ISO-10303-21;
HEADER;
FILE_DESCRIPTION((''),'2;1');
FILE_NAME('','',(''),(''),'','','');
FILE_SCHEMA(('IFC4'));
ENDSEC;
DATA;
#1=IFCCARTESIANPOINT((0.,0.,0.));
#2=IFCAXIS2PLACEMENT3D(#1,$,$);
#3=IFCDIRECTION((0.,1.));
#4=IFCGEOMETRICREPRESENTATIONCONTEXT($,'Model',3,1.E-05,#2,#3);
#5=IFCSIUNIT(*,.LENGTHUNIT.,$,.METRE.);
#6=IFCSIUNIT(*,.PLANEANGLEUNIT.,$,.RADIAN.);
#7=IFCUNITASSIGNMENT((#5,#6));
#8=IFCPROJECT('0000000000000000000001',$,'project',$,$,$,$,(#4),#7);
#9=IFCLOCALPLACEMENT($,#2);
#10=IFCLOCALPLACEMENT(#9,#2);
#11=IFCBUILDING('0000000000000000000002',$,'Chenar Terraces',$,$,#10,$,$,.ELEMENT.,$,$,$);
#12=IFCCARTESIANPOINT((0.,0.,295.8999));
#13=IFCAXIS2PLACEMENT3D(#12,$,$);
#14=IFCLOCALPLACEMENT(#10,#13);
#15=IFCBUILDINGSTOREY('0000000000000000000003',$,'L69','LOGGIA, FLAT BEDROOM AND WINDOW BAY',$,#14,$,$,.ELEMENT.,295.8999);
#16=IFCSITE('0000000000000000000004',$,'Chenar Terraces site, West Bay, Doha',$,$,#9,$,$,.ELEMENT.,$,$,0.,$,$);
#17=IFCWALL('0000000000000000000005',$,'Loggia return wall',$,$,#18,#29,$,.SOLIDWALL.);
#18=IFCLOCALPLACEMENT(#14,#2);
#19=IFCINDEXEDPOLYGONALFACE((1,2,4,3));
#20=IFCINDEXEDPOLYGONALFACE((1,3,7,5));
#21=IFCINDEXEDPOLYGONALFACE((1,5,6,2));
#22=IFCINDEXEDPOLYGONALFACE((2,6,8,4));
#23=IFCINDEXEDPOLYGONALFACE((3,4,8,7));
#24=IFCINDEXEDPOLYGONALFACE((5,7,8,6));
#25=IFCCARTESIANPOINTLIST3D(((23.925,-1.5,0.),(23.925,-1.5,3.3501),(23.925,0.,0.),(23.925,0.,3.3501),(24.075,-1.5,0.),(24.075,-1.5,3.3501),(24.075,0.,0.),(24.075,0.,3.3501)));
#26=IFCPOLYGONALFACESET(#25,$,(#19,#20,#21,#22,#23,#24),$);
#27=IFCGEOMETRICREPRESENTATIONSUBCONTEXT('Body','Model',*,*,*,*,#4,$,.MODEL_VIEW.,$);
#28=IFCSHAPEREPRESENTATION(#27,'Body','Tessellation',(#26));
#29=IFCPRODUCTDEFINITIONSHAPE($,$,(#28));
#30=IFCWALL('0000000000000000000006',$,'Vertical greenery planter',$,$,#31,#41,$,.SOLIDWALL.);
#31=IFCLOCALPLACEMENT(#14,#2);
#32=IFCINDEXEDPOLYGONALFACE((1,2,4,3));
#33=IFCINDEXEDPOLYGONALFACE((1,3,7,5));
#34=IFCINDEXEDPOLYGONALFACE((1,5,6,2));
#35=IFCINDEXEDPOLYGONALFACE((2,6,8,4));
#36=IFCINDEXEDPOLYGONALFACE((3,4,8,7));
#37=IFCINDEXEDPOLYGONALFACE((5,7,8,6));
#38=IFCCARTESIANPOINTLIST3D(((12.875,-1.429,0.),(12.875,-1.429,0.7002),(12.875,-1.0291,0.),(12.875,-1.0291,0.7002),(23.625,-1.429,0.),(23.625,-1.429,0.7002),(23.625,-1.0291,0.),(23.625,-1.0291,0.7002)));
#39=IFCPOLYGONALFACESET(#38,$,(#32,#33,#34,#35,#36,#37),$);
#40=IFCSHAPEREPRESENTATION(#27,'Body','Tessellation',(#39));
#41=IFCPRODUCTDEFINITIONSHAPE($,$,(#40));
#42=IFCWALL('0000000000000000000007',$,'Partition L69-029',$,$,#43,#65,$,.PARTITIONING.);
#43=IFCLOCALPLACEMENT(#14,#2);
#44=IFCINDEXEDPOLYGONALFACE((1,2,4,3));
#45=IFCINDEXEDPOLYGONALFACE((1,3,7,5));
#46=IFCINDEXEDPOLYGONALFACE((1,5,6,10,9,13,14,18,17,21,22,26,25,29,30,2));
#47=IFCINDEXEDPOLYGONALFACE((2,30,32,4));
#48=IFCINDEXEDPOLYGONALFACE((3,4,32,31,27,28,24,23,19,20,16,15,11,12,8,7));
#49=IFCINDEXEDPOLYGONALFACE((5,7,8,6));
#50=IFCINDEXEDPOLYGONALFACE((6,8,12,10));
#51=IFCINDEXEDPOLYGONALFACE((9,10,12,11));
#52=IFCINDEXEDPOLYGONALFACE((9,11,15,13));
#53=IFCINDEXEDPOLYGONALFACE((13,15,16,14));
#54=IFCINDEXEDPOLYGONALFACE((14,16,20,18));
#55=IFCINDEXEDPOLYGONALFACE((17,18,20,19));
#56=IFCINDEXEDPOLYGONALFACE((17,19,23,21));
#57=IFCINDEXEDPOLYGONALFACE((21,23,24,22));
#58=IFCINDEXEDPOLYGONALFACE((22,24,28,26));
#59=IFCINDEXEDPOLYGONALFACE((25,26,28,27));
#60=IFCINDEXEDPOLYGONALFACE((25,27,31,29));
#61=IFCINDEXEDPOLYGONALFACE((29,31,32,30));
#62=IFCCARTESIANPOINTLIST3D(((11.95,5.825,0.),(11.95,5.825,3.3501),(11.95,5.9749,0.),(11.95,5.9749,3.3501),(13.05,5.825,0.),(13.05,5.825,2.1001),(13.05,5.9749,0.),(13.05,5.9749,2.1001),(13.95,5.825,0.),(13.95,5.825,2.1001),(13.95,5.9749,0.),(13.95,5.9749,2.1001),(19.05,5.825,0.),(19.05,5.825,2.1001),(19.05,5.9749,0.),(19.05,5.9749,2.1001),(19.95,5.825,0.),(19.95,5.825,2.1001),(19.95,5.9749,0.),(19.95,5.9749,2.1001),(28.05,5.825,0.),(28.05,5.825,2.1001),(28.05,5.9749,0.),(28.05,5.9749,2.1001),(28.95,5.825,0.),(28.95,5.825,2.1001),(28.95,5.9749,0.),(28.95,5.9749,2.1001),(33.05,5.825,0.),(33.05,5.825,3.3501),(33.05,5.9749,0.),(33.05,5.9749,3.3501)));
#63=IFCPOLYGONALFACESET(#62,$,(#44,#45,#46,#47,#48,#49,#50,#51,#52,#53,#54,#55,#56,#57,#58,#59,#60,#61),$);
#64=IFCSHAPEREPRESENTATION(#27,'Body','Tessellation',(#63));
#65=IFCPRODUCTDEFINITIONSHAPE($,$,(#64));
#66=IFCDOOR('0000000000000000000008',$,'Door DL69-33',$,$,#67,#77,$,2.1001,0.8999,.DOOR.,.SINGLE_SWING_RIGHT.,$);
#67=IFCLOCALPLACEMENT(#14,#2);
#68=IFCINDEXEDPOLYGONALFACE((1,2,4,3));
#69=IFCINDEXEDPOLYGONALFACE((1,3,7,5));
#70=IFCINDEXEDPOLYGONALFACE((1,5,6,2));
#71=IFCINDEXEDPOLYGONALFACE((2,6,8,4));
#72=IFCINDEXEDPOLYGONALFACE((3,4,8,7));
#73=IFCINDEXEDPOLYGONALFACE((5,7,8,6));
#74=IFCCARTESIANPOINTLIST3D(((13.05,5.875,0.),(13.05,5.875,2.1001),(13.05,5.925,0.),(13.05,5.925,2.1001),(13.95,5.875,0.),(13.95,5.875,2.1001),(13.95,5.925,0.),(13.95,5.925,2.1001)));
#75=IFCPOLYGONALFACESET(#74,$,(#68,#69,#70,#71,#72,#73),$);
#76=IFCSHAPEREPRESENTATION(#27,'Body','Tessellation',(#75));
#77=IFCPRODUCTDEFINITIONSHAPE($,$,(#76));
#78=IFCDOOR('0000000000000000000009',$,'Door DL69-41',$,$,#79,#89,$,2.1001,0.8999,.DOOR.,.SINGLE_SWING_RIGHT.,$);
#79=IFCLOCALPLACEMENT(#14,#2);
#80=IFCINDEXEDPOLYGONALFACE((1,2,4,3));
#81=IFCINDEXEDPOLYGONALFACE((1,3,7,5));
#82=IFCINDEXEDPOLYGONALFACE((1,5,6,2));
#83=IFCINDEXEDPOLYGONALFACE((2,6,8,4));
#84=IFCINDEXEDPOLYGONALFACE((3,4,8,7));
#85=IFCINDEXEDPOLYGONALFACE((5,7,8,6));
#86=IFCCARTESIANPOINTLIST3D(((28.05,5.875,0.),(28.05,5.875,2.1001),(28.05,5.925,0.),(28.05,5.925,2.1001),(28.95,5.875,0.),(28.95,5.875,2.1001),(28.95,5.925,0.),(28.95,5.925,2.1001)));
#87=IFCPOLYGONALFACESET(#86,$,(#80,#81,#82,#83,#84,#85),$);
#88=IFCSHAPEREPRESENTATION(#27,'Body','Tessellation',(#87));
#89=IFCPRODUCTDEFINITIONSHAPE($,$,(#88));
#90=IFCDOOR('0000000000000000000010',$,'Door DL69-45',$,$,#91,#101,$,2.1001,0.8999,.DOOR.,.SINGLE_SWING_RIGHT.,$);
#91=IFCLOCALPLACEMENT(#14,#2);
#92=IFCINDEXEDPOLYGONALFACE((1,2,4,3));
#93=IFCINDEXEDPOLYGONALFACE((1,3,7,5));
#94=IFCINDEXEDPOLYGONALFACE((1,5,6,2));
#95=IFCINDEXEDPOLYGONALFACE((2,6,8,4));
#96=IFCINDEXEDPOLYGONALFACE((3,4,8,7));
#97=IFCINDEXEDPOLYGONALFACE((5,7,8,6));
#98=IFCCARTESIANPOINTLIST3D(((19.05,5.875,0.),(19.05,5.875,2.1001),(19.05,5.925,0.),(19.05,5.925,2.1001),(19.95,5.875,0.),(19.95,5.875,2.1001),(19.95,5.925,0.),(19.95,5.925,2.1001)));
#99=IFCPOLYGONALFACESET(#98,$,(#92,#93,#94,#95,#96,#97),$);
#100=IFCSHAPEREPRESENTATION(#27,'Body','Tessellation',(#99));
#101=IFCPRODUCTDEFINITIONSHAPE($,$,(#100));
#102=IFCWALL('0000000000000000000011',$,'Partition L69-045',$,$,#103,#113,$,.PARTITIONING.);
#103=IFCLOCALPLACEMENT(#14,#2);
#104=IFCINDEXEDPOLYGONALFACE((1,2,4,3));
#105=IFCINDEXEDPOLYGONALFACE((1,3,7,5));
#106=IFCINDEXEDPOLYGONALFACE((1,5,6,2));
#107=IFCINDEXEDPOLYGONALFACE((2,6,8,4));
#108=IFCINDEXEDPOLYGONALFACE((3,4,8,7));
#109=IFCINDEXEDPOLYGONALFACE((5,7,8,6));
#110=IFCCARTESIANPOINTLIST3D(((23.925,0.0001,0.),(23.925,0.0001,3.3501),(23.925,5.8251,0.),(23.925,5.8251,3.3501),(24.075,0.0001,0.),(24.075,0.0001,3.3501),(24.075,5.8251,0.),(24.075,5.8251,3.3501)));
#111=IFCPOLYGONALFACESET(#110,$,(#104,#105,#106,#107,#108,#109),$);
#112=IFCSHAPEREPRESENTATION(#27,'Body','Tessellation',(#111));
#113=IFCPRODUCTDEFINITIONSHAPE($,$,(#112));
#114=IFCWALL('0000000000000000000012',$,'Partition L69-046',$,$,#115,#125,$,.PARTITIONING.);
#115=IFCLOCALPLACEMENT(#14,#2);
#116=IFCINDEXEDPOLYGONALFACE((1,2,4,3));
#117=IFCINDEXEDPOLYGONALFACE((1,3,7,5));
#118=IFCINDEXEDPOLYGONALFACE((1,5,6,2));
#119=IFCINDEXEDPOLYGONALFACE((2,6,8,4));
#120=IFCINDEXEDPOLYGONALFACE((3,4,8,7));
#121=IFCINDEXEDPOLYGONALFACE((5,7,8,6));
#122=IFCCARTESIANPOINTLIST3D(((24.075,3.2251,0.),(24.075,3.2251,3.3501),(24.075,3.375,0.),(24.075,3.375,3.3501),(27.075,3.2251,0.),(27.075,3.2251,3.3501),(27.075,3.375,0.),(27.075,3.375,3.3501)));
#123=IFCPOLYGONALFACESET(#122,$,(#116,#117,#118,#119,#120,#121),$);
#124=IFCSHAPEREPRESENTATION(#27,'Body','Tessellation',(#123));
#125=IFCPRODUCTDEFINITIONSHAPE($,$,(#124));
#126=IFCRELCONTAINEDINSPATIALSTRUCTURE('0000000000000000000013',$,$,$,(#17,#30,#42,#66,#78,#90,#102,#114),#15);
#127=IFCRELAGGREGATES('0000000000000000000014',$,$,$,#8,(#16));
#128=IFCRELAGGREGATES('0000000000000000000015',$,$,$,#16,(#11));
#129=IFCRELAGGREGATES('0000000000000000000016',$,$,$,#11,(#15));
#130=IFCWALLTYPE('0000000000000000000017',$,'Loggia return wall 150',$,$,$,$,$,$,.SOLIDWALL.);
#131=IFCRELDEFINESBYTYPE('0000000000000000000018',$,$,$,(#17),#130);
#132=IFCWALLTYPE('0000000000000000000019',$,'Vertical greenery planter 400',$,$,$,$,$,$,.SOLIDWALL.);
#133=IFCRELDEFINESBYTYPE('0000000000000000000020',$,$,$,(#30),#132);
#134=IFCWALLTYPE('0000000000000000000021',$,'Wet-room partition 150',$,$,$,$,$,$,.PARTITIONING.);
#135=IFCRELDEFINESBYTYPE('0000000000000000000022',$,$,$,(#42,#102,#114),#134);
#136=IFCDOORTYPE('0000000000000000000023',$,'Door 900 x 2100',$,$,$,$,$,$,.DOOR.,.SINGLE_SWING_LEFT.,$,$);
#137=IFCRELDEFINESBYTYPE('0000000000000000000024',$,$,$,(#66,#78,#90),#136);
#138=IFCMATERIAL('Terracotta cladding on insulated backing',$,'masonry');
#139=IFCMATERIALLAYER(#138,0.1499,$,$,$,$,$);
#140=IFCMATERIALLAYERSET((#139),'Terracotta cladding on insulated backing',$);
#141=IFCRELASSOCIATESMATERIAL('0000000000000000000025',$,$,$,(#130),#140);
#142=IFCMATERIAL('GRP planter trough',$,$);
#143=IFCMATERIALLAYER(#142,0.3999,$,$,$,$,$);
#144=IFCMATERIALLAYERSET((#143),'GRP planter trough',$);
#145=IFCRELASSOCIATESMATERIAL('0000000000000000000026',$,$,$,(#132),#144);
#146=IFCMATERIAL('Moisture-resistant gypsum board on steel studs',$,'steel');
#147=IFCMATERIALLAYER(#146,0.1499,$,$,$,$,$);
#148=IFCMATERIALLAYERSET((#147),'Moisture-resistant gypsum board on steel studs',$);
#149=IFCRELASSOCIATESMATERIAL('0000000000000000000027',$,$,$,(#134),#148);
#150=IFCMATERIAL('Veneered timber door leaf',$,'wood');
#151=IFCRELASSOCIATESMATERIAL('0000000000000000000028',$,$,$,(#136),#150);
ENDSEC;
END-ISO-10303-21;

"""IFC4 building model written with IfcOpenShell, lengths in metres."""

from ifc_helpers import new_model, si_unit, direction, frame, frame_2d, origin, place, context, subcontext, project, spatial, rectangle, extrude, material, layer, layer_set, type_object, element, fill, save


model = new_model("IFC4")

# Units and contexts
model_context = context("Model", 3, precision=1e-05, world=origin(), true_north=direction((0.0, 1.0)))
body_context = subcontext(model_context, "Body", "Model", "MODEL_VIEW")
ifc_project = project(units=[si_unit("LENGTHUNIT", "METRE"), si_unit("PLANEANGLEUNIT", "RADIAN")], contexts=[model_context])

# Site, building, storey
site_placement = place(None, origin())
site = spatial("IfcSite", under=ifc_project, at=site_placement, Name="Chenar Terraces site, West Bay, Doha", CompositionType="ELEMENT", RefElevation=0.0)
building_placement = place(site_placement, origin())
building = spatial("IfcBuilding", under=site, at=building_placement, Name="Chenar Terraces", CompositionType="ELEMENT")
storey_placement = place(building_placement, frame((0.0, 0.0, 295.8999)))
storey = spatial("IfcBuildingStorey", under=building, at=storey_placement, Name="L69", Description="LOGGIA, FLAT BEDROOM AND WINDOW BAY", CompositionType="ELEMENT", Elevation=295.8999)

# Walls
ifc_material_1 = material(Name="Terracotta cladding on insulated backing", Category="masonry")
ifc_layer_1 = layer(ifc_material_1, 0.1499)
ifc_layer_set_1 = layer_set([ifc_layer_1], Name="Terracotta cladding on insulated backing")
wall_type_1 = type_object("IfcWallType", Name="Loggia return wall 150", PredefinedType="SOLIDWALL", material=ifc_layer_set_1)
for number, where, z_axis, x_axis, name in (
    (1, (24.0, -1.5, 0.0), (0.0, 0.0, 1.0), (0.0, 1.0, 0.0), "Loggia return wall"),
):
    element("IfcWall", number, at=place(storey_placement, frame(where, z_axis=z_axis, x_axis=x_axis)), inside=storey, type_object=wall_type_1, Name=name, PredefinedType="SOLIDWALL", context=body_context, shape_type="SweptSolid", body=[
        extrude(rectangle(XDim=1.5, YDim=0.1499, at=frame_2d((0.75, 0.0))), origin(), (0.0, 0.0, 1.0), 3.3501),
    ])
ifc_material_2 = material(Name="GRP planter trough")
ifc_layer_2 = layer(ifc_material_2, 0.3999)
ifc_layer_set_2 = layer_set([ifc_layer_2], Name="GRP planter trough")
wall_type_2 = type_object("IfcWallType", Name="Vertical greenery planter 400", PredefinedType="SOLIDWALL", material=ifc_layer_set_2)
wall_1_placement = place(storey_placement, frame((12.875, -1.229, 0.0), z_axis=(0.0, 0.0, 1.0), x_axis=(1.0, 0.0, 0.0)))
element("IfcWall", 2, at=wall_1_placement, inside=storey, type_object=wall_type_2, Name="Vertical greenery planter", PredefinedType="SOLIDWALL", context=body_context, shape_type="SweptSolid", body=[
    extrude(rectangle(XDim=10.75, YDim=0.3999, at=frame_2d((5.375, 0.0))), origin(), (0.0, 0.0, 1.0), 0.7002),
])

# Wall, openings, doors
ifc_material_3 = material(Name="Moisture-resistant gypsum board on steel studs", Category="steel")
ifc_layer_3 = layer(ifc_material_3, 0.1499)
ifc_layer_set_3 = layer_set([ifc_layer_3], Name="Moisture-resistant gypsum board on steel studs")
wall_type_3 = type_object("IfcWallType", Name="Wet-room partition 150", PredefinedType="PARTITIONING", material=ifc_layer_set_3)
wall_2_placement = place(storey_placement, frame((11.95, 5.8999, 0.0), z_axis=(0.0, 0.0, 1.0), x_axis=(1.0, 0.0, 0.0)))
wall_2 = element("IfcWall", 3, at=wall_2_placement, inside=storey, type_object=wall_type_3, Name="Partition L69-029", PredefinedType="PARTITIONING", context=body_context, shape_type="SweptSolid", body=[
    extrude(rectangle(XDim=21.1001, YDim=0.1499, at=frame_2d((10.55, 0.0))), origin(), (0.0, 0.0, 1.0), 3.3501),
])
opening_1_placement = place(wall_2_placement, frame((1.1001, 0.0, 0.0)))
opening_1 = element("IfcOpeningElement", 4, at=opening_1_placement, cuts=wall_2, PredefinedType="OPENING", context=body_context, shape_type="SweptSolid", body=[
    extrude(rectangle(XDim=0.8999, YDim=2.1001, at=frame_2d((0.45, 1.05))), frame((0.0, 0.085, 0.0), z_axis=(0.0, -1.0, 0.0), x_axis=(1.0, 0.0, 0.0)), (0.0, 0.0, 1.0), 0.1699),
])
opening_2_placement = place(wall_2_placement, frame((16.1001, 0.0, 0.0)))
opening_2 = element("IfcOpeningElement", 5, at=opening_2_placement, cuts=wall_2, PredefinedType="OPENING", context=body_context, shape_type="SweptSolid", body=[
    extrude(rectangle(XDim=0.8999, YDim=2.1001, at=frame_2d((0.45, 1.05))), frame((0.0, 0.085, 0.0), z_axis=(0.0, -1.0, 0.0), x_axis=(1.0, 0.0, 0.0)), (0.0, 0.0, 1.0), 0.1699),
])
opening_3_placement = place(wall_2_placement, frame((7.1001, 0.0, 0.0)))
opening_3 = element("IfcOpeningElement", 6, at=opening_3_placement, cuts=wall_2, PredefinedType="OPENING", context=body_context, shape_type="SweptSolid", body=[
    extrude(rectangle(XDim=0.8999, YDim=2.1001, at=frame_2d((0.45, 1.05))), frame((0.0, 0.085, 0.0), z_axis=(0.0, -1.0, 0.0), x_axis=(1.0, 0.0, 0.0)), (0.0, 0.0, 1.0), 0.1699),
])
ifc_material_4 = material(Name="Veneered timber door leaf", Category="wood")
door_type_1 = type_object("IfcDoorType", Name="Door 900 x 2100", OperationType="SINGLE_SWING_LEFT", PredefinedType="DOOR", material=ifc_material_4)
door_1_placement = place(opening_1_placement, frame((0.8999, 0.0, 0.0), z_axis=(0.0, 0.0, 1.0), x_axis=(-1.0, 0.0, 0.0)))
door_1 = element("IfcDoor", 7, at=door_1_placement, inside=storey, type_object=door_type_1, Name="Door DL69-33", OperationType="SINGLE_SWING_RIGHT", OverallHeight=2.1001, OverallWidth=0.8999, PredefinedType="DOOR", context=body_context, shape_type="SweptSolid", body=[
    extrude(rectangle(XDim=0.8999, YDim=2.1001, at=frame_2d((0.45, 1.05))), frame((0.0, 0.0249, 0.0), z_axis=(0.0, -1.0, 0.0), x_axis=(1.0, 0.0, 0.0)), (0.0, 0.0, 1.0), 0.05),
])
fill(opening_1, door_1)
door_2_placement = place(opening_2_placement, frame((0.8999, 0.0, 0.0), z_axis=(0.0, 0.0, 1.0), x_axis=(-1.0, 0.0, 0.0)))
door_2 = element("IfcDoor", 8, at=door_2_placement, inside=storey, type_object=door_type_1, Name="Door DL69-41", OperationType="SINGLE_SWING_RIGHT", OverallHeight=2.1001, OverallWidth=0.8999, PredefinedType="DOOR", context=body_context, shape_type="SweptSolid", body=[
    extrude(rectangle(XDim=0.8999, YDim=2.1001, at=frame_2d((0.45, 1.05))), frame((0.0, 0.0249, 0.0), z_axis=(0.0, -1.0, 0.0), x_axis=(1.0, 0.0, 0.0)), (0.0, 0.0, 1.0), 0.05),
])
fill(opening_2, door_2)
door_3_placement = place(opening_3_placement, frame((0.8999, 0.0, 0.0), z_axis=(0.0, 0.0, 1.0), x_axis=(-1.0, 0.0, 0.0)))
door_3 = element("IfcDoor", 9, at=door_3_placement, inside=storey, type_object=door_type_1, Name="Door DL69-45", OperationType="SINGLE_SWING_RIGHT", OverallHeight=2.1001, OverallWidth=0.8999, PredefinedType="DOOR", context=body_context, shape_type="SweptSolid", body=[
    extrude(rectangle(XDim=0.8999, YDim=2.1001, at=frame_2d((0.45, 1.05))), frame((0.0, 0.0249, 0.0), z_axis=(0.0, -1.0, 0.0), x_axis=(1.0, 0.0, 0.0)), (0.0, 0.0, 1.0), 0.05),
])
fill(opening_3, door_3)

# Walls
wall_3_placement = place(storey_placement, frame((24.0, 0.0, 0.0), z_axis=(0.0, 0.0, 1.0), x_axis=(0.0, 1.0, 0.0)))
element("IfcWall", 10, at=wall_3_placement, inside=storey, type_object=wall_type_3, Name="Partition L69-045", PredefinedType="PARTITIONING", context=body_context, shape_type="SweptSolid", body=[
    extrude(rectangle(XDim=5.825, YDim=0.1499, at=frame_2d((2.9126, 0.0))), origin(), (0.0, 0.0, 1.0), 3.3501),
])
wall_4_placement = place(storey_placement, frame((24.075, 3.3, 0.0), z_axis=(0.0, 0.0, 1.0), x_axis=(1.0, 0.0, 0.0)))
element("IfcWall", 11, at=wall_4_placement, inside=storey, type_object=wall_type_3, Name="Partition L69-046", PredefinedType="PARTITIONING", context=body_context, shape_type="SweptSolid", body=[
    extrude(rectangle(XDim=3.0, YDim=0.1499, at=frame_2d((1.5, 0.0))), origin(), (0.0, 0.0, 1.0), 3.3501),
])

save(model, "model.ifc")
